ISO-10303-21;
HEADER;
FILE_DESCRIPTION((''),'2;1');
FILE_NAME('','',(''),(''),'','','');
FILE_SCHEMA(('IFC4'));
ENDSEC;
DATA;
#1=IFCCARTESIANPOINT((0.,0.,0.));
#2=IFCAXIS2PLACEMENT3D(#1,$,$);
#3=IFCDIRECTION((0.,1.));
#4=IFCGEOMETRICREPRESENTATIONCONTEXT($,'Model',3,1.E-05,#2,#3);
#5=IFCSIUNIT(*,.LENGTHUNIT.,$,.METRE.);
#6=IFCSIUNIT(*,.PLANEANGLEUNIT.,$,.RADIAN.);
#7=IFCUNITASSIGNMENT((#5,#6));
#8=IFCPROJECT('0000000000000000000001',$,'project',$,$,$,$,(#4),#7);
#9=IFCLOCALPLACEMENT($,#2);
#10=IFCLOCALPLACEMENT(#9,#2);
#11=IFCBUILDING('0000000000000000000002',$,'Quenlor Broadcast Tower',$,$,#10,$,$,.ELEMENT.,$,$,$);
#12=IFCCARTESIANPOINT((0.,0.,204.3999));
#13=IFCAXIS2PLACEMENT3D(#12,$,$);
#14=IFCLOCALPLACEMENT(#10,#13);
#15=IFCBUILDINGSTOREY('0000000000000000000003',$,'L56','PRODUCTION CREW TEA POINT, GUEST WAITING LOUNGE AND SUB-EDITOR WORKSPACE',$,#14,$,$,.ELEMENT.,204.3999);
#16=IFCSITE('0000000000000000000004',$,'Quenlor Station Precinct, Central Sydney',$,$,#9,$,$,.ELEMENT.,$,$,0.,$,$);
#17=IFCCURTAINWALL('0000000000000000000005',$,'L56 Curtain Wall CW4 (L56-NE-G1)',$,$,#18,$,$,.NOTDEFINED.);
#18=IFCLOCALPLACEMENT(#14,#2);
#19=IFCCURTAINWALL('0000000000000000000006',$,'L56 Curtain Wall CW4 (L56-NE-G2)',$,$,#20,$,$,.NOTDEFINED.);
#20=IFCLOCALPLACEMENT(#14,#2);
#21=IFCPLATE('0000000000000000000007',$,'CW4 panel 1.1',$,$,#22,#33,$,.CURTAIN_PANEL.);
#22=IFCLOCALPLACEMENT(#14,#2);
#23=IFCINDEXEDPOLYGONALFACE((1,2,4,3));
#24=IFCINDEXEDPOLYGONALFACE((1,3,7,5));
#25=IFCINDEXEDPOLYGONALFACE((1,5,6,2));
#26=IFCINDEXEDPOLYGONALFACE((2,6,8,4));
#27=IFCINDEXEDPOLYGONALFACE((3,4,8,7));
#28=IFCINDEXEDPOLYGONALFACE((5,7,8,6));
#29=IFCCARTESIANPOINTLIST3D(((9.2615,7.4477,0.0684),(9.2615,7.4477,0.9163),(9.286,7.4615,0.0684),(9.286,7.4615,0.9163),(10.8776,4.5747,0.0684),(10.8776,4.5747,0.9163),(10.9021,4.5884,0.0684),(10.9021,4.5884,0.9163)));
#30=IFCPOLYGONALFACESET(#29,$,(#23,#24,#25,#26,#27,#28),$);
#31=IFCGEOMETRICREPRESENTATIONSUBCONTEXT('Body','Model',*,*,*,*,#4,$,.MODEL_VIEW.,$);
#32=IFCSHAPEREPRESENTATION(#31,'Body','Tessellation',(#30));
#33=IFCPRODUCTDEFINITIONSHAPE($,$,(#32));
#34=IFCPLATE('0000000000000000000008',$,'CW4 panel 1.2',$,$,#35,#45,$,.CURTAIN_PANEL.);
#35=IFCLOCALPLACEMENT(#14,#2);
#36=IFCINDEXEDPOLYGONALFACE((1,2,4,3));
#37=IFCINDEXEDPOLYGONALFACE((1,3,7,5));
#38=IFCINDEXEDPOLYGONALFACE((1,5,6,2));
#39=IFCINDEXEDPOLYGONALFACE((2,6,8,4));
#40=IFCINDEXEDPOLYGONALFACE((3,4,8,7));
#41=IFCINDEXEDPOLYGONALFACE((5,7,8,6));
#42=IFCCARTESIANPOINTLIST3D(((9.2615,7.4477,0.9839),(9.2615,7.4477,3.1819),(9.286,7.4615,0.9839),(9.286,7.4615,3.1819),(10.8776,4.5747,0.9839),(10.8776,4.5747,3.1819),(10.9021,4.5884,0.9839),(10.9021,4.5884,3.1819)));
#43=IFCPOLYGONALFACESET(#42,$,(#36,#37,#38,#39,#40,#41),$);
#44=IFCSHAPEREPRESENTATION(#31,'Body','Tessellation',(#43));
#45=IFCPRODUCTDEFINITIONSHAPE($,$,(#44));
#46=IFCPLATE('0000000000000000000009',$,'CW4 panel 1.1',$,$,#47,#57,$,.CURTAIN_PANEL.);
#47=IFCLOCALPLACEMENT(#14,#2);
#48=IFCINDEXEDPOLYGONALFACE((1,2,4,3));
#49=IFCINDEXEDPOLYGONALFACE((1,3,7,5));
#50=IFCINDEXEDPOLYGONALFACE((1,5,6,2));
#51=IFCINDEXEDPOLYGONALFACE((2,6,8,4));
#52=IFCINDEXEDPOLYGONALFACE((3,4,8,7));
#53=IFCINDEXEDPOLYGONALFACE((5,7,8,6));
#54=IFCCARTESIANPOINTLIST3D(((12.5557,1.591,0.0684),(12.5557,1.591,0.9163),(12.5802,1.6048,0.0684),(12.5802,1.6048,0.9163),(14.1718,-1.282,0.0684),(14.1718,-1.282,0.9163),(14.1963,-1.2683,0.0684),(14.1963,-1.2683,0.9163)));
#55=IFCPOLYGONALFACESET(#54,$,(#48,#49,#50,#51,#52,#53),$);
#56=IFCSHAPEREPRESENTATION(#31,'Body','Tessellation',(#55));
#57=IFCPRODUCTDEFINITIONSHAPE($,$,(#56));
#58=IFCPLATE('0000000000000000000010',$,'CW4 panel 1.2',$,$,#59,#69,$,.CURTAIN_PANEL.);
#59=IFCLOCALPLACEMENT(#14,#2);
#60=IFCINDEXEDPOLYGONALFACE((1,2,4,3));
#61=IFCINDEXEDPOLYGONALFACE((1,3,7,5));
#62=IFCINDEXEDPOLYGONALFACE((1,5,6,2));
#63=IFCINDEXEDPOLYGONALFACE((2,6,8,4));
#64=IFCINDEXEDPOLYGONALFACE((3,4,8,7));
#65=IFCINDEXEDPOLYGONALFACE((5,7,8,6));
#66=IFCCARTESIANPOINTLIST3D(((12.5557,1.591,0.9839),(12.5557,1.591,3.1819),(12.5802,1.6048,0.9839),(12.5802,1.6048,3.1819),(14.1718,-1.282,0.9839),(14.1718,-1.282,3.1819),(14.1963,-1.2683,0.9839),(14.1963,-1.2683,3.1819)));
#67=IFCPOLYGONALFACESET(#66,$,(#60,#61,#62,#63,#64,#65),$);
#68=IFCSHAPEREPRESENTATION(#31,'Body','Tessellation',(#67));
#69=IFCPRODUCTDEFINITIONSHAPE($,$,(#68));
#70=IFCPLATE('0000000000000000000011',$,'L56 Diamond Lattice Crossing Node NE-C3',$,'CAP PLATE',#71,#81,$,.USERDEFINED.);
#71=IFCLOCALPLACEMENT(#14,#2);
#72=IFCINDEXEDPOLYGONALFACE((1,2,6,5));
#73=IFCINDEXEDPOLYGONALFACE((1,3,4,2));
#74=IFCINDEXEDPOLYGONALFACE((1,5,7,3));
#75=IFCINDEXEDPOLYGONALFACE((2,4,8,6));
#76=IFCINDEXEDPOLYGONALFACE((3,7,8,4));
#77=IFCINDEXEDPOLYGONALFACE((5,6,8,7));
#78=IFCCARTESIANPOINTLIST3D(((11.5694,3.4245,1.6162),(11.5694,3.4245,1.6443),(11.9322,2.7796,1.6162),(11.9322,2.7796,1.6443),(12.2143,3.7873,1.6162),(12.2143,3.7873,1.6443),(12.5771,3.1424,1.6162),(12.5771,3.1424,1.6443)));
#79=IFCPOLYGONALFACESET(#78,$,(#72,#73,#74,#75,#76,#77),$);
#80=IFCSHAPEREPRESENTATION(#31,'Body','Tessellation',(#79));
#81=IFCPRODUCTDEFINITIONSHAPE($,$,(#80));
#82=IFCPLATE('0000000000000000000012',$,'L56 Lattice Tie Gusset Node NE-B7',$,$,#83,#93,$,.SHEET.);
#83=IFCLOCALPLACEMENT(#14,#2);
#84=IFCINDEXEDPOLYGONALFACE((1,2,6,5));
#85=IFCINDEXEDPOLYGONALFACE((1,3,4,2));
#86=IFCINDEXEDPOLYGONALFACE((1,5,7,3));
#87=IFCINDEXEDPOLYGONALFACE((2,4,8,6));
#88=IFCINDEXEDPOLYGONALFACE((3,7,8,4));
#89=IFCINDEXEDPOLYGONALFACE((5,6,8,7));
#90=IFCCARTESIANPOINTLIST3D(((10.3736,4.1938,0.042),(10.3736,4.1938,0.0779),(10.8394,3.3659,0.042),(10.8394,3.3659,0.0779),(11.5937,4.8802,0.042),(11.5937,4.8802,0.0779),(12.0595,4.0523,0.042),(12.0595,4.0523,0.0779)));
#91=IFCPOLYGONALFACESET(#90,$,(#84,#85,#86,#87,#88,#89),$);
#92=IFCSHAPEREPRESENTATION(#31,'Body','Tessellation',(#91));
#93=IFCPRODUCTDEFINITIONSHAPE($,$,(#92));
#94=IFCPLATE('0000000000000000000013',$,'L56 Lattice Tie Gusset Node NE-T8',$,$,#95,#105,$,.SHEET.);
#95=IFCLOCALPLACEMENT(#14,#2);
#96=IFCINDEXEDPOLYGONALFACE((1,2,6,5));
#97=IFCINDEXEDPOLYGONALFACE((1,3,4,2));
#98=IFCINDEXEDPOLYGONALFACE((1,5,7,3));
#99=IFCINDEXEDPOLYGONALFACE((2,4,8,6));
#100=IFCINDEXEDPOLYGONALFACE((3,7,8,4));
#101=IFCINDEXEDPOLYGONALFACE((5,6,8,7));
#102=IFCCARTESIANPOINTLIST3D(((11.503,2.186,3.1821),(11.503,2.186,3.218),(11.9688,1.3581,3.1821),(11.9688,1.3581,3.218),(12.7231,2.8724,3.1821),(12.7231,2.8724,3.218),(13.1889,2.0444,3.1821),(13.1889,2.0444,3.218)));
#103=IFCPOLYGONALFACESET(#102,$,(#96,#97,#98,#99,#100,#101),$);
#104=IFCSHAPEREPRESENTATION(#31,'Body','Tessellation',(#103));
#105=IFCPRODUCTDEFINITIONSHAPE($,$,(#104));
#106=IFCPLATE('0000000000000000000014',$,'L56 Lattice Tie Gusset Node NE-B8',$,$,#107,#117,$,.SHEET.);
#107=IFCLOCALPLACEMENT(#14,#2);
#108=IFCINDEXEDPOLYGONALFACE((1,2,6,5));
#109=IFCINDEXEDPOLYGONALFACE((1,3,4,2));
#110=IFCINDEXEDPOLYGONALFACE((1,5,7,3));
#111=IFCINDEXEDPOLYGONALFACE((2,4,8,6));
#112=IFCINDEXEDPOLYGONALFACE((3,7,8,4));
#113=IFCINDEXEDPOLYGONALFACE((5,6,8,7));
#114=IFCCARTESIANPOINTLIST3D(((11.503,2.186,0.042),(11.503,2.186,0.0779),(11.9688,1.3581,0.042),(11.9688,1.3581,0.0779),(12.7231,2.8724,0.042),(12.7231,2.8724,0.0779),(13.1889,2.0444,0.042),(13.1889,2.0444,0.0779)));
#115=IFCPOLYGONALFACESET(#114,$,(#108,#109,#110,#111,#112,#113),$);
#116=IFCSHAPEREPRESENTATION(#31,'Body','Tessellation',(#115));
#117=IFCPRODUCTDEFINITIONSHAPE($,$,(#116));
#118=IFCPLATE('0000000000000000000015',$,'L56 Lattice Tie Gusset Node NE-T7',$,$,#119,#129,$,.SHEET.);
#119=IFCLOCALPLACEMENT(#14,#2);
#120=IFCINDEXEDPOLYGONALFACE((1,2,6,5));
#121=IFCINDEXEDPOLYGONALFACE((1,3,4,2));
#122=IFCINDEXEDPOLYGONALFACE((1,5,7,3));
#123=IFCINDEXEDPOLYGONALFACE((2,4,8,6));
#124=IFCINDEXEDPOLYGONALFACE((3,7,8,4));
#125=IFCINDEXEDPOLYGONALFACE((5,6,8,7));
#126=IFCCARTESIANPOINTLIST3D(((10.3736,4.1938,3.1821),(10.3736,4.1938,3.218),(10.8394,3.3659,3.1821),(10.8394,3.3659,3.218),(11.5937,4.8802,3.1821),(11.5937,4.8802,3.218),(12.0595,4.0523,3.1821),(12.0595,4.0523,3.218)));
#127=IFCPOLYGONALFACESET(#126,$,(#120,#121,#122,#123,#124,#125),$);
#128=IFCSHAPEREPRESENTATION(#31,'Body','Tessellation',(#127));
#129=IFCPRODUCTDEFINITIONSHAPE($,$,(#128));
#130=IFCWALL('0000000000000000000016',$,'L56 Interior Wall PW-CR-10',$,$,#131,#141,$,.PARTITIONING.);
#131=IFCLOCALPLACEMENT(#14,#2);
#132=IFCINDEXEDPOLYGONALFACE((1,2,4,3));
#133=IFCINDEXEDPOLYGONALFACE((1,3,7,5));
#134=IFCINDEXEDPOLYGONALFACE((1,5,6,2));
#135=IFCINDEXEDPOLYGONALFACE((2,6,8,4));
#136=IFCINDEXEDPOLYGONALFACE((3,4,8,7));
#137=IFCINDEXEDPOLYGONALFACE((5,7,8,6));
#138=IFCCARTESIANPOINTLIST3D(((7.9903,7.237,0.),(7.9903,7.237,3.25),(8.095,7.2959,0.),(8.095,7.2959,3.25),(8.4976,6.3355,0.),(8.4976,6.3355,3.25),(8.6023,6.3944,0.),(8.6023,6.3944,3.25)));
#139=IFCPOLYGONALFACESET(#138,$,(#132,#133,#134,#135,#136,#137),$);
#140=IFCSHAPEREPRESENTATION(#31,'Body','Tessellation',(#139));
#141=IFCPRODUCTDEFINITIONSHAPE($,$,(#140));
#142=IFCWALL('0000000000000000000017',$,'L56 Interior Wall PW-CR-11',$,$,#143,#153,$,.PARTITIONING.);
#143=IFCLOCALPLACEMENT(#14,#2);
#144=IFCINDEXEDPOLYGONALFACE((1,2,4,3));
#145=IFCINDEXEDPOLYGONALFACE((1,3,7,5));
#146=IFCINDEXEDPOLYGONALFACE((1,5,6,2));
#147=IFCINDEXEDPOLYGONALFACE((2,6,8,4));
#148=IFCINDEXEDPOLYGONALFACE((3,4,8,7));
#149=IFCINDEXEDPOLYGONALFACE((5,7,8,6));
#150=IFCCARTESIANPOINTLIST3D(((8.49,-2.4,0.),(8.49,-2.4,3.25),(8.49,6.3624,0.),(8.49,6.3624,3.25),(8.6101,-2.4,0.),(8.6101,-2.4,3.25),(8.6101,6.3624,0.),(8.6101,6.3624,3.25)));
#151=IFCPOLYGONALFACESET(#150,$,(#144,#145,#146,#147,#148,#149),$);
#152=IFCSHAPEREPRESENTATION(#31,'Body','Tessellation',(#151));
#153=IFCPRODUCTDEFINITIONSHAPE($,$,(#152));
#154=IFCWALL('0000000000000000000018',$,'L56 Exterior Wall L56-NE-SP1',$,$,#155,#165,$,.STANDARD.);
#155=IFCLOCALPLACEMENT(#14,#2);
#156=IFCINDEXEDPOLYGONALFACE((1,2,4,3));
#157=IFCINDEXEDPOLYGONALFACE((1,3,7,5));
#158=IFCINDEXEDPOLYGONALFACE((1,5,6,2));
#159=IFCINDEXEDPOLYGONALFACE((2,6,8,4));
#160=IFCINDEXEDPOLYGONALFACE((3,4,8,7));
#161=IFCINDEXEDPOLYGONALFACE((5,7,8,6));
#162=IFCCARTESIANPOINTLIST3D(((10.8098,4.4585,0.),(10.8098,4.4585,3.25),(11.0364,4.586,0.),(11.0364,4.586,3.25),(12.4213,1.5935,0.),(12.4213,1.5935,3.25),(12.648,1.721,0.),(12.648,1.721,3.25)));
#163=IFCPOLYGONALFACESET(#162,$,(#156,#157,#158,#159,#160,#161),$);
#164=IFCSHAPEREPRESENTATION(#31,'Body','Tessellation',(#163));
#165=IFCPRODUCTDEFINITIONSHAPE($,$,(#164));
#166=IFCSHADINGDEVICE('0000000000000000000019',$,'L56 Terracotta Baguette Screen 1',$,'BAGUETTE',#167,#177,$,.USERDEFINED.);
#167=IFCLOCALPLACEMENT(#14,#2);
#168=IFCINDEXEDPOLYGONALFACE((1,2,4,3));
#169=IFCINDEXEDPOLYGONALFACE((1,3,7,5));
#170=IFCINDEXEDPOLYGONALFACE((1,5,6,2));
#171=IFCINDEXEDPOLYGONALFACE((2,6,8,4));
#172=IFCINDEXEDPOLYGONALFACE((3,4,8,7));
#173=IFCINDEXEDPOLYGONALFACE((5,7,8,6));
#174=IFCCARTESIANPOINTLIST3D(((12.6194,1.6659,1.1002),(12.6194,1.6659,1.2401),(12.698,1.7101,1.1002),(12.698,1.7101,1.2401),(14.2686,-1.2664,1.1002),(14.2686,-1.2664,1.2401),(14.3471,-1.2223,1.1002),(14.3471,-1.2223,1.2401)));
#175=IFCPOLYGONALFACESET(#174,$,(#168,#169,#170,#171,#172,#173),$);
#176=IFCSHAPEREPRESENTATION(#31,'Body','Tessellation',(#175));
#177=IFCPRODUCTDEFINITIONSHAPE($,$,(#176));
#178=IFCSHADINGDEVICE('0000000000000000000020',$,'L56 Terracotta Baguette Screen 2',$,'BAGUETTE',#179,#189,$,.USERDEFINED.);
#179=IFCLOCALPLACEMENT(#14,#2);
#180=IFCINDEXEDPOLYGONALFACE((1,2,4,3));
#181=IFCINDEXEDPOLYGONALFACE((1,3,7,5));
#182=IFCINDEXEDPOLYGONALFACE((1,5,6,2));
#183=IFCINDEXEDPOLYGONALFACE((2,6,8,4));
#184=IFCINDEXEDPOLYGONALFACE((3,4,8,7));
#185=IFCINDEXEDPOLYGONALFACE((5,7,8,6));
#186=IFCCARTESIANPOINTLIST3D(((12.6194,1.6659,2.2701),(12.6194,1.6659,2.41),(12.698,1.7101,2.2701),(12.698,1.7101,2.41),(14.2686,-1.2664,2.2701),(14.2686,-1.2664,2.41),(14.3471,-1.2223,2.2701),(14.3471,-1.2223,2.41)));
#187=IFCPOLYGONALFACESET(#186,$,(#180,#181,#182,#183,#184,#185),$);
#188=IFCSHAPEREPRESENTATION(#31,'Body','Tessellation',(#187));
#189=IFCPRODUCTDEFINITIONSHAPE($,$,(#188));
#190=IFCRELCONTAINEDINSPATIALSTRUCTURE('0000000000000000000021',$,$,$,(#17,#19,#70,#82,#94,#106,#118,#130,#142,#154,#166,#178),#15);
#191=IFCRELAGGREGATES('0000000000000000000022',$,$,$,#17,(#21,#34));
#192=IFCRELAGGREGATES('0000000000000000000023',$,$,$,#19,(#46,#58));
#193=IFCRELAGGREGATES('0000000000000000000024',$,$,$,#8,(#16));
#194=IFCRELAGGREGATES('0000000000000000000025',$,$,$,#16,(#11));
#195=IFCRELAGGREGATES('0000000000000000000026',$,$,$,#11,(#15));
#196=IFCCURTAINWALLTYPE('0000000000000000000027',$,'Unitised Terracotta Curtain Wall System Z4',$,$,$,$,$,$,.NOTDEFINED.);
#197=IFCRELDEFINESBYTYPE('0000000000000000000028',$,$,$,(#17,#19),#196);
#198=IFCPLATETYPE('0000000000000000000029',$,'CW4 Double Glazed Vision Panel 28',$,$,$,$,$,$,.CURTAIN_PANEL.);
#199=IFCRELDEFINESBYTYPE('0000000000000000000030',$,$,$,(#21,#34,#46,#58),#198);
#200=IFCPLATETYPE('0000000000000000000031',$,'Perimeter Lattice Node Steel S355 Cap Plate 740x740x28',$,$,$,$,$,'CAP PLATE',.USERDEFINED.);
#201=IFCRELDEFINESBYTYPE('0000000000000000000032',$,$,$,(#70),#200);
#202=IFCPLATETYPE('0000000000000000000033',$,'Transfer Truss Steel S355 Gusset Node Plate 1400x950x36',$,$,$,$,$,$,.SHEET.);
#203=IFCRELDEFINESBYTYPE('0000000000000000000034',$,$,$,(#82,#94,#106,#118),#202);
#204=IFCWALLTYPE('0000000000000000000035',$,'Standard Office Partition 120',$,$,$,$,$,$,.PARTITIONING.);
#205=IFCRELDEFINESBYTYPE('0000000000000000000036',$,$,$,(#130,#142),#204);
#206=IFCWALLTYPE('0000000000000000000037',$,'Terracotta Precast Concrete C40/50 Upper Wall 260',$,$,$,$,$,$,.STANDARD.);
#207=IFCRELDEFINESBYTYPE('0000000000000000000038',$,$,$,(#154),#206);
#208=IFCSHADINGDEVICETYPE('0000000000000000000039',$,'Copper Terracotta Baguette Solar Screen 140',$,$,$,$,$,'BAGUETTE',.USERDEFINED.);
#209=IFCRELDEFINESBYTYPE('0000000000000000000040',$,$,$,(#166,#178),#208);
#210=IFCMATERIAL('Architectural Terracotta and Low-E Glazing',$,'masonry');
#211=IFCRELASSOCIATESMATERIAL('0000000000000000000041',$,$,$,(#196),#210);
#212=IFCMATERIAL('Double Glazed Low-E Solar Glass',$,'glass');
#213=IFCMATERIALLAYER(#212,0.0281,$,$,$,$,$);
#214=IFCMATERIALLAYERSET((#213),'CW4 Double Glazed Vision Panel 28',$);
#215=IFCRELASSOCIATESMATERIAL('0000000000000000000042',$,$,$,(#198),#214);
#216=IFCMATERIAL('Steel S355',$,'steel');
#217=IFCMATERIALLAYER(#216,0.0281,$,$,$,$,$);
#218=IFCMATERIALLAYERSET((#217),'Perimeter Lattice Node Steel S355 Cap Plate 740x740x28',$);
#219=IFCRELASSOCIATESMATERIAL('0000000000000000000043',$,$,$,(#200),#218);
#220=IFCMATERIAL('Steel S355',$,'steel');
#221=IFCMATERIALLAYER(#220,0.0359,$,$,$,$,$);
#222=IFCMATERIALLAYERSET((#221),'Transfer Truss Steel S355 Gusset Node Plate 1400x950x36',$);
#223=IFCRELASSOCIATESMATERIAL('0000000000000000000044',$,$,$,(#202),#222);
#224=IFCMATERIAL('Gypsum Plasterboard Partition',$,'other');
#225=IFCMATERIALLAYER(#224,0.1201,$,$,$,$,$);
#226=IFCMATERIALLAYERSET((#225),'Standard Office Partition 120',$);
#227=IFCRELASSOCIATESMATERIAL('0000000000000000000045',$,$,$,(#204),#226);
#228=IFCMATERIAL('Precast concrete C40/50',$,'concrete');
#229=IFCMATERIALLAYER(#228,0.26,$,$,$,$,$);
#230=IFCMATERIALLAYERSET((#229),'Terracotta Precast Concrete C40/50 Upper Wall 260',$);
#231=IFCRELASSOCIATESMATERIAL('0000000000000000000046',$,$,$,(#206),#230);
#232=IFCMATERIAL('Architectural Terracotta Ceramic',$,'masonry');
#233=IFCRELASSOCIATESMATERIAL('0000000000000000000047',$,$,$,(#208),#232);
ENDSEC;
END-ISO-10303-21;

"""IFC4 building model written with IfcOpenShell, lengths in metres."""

from ifc_helpers import new_model, si_unit, direction, frame, frame_2d, origin, origin_2d, place, context, subcontext, project, spatial, rectangle, extrude, material, layer, layer_set, material_profile, profile_set, type_object, element, aggregate, save


model = new_model("IFC4")

# Units and contexts
model_context = context("Model", 3, precision=1e-05, world=origin(), true_north=direction((0.0, 1.0)))
body_context = subcontext(model_context, "Body", "Model", "MODEL_VIEW")
ifc_project = project(units=[si_unit("LENGTHUNIT", "METRE"), si_unit("PLANEANGLEUNIT", "RADIAN")], contexts=[model_context])

# Site, building, storey
site_placement = place(None, origin())
site = spatial("IfcSite", under=ifc_project, at=site_placement, Name="Quenlor Station Precinct, Central Sydney", CompositionType="ELEMENT", RefElevation=0.0)
building_placement = place(site_placement, origin())
building = spatial("IfcBuilding", under=site, at=building_placement, Name="Quenlor Broadcast Tower", CompositionType="ELEMENT")
storey_placement = place(building_placement, frame((0.0, 0.0, 204.3999)))
storey = spatial("IfcBuildingStorey", under=building, at=storey_placement, Name="L56", Description="PRODUCTION CREW TEA POINT, GUEST WAITING LOUNGE AND SUB-EDITOR WORKSPACE", CompositionType="ELEMENT", Elevation=204.3999)

# Curtain wall
ifc_material_1 = material(Name="Architectural Terracotta and Low-E Glazing", Category="masonry")
curtain_wall_type = type_object("IfcCurtainWallType", Name="Unitised Terracotta Curtain Wall System Z4", PredefinedType="NOTDEFINED", material=ifc_material_1)
curtain_wall_1_placement = place(storey_placement, origin())
curtain_wall_1 = element("IfcCurtainWall", 1, at=curtain_wall_1_placement, inside=storey, type_object=curtain_wall_type, Name="L56 Curtain Wall CW4 (L56-NE-G1)", PredefinedType="NOTDEFINED")

# Curtain wall
curtain_wall_2_placement = place(storey_placement, origin())
curtain_wall_2 = element("IfcCurtainWall", 2, at=curtain_wall_2_placement, inside=storey, type_object=curtain_wall_type, Name="L56 Curtain Wall CW4 (L56-NE-G2)", PredefinedType="NOTDEFINED")

# Plates
ifc_material_2 = material(Name="Double Glazed Low-E Solar Glass", Category="glass")
ifc_layer_1 = layer(ifc_material_2, 0.0281)
ifc_layer_set_1 = layer_set([ifc_layer_1], Name="CW4 Double Glazed Vision Panel 28")
plate_type_1 = type_object("IfcPlateType", Name="CW4 Double Glazed Vision Panel 28", PredefinedType="CURTAIN_PANEL", material=ifc_layer_set_1)
plate_1_placement = place(storey_placement, frame((10.0818, 6.0181, 0.0684), z_axis=(0.0, 0.0, 1.0), x_axis=(0.490257, -0.871578, 0.0)))
plate_1 = element("IfcPlate", 3, at=plate_1_placement, type_object=plate_type_1, Name="CW4 panel 1.1", PredefinedType="CURTAIN_PANEL", context=body_context, shape_type="SweptSolid", body=[
    extrude(rectangle(XDim=3.2964, YDim=0.0281, at=origin_2d()), origin(), (0.0, 0.0, 1.0), 0.8479),
])
plate_2_placement = place(storey_placement, frame((10.0818, 6.0181, 0.9839), z_axis=(0.0, 0.0, 1.0), x_axis=(0.490257, -0.871578, 0.0)))
plate_2 = element("IfcPlate", 4, at=plate_2_placement, type_object=plate_type_1, Name="CW4 panel 1.2", PredefinedType="CURTAIN_PANEL", context=body_context, shape_type="SweptSolid", body=[
    extrude(rectangle(XDim=3.2964, YDim=0.0281, at=origin_2d()), origin(), (0.0, 0.0, 1.0), 2.198),
])
aggregate(curtain_wall_1, [plate_1, plate_2])
plate_3_placement = place(storey_placement, frame((13.376, 0.1614, 0.0684), z_axis=(0.0, 0.0, 1.0), x_axis=(0.490257, -0.871578, 0.0)))
plate_3 = element("IfcPlate", 5, at=plate_3_placement, type_object=plate_type_1, Name="CW4 panel 1.1", PredefinedType="CURTAIN_PANEL", context=body_context, shape_type="SweptSolid", body=[
    extrude(rectangle(XDim=3.2964, YDim=0.0281, at=origin_2d()), origin(), (0.0, 0.0, 1.0), 0.8479),
])
plate_4_placement = place(storey_placement, frame((13.376, 0.1614, 0.9839), z_axis=(0.0, 0.0, 1.0), x_axis=(0.490257, -0.871578, 0.0)))
plate_4 = element("IfcPlate", 6, at=plate_4_placement, type_object=plate_type_1, Name="CW4 panel 1.2", PredefinedType="CURTAIN_PANEL", context=body_context, shape_type="SweptSolid", body=[
    extrude(rectangle(XDim=3.2964, YDim=0.0281, at=origin_2d()), origin(), (0.0, 0.0, 1.0), 2.198),
])
aggregate(curtain_wall_2, [plate_3, plate_4])

# Plates
ifc_material_3 = material(Name="Steel S355", Category="steel")
ifc_layer_2 = layer(ifc_material_3, 0.0281)
ifc_layer_set_2 = layer_set([ifc_layer_2], Name="Perimeter Lattice Node Steel S355 Cap Plate 740x740x28")
plate_type_2 = type_object("IfcPlateType", Name="Perimeter Lattice Node Steel S355 Cap Plate 740x740x28", ElementType="CAP PLATE", PredefinedType="USERDEFINED", material=ifc_layer_set_2)
plate_5_placement = place(storey_placement, frame((12.0732, 3.2834, 1.6162), z_axis=(0.0, 0.0, 1.0), x_axis=(0.490295, -0.871556, 0.0)))
element("IfcPlate", 7, at=plate_5_placement, inside=storey, type_object=plate_type_2, Name="L56 Diamond Lattice Crossing Node NE-C3", ObjectType="CAP PLATE", PredefinedType="USERDEFINED", context=body_context, shape_type="SweptSolid", body=[
    extrude(rectangle(XDim=0.74, YDim=0.74, at=origin_2d()), origin(), (0.0, 0.0, 1.0), 0.0281),
])
ifc_material_4 = material(Name="Steel S355", Category="steel")
ifc_layer_3 = layer(ifc_material_4, 0.0359)
ifc_layer_set_3 = layer_set([ifc_layer_3], Name="Transfer Truss Steel S355 Gusset Node Plate 1400x950x36")
plate_type_3 = type_object("IfcPlateType", Name="Transfer Truss Steel S355 Gusset Node Plate 1400x950x36", PredefinedType="SHEET", material=ifc_layer_set_3)
for number, where, z_axis, x_axis, name in (
    (8, (11.2166, 4.123, 0.042), (0.0, 0.0, 1.0), (0.871556, 0.490295, 0.0), "L56 Lattice Tie Gusset Node NE-B7"),
    (9, (12.3459, 2.1152, 3.1821), (0.0, 0.0, 1.0), (0.871556, 0.490295, 0.0), "L56 Lattice Tie Gusset Node NE-T8"),
    (10, (12.3459, 2.1152, 0.042), (0.0, 0.0, 1.0), (0.871556, 0.490295, 0.0), "L56 Lattice Tie Gusset Node NE-B8"),
    (11, (11.2166, 4.123, 3.1821), (0.0, 0.0, 1.0), (0.871556, 0.490295, 0.0), "L56 Lattice Tie Gusset Node NE-T7"),
):
    element("IfcPlate", number, at=place(storey_placement, frame(where, z_axis=z_axis, x_axis=x_axis)), inside=storey, type_object=plate_type_3, Name=name, PredefinedType="SHEET", context=body_context, shape_type="SweptSolid", body=[
        extrude(rectangle(XDim=1.3999, YDim=0.95, at=origin_2d()), origin(), (0.0, 0.0, 1.0), 0.0359),
    ])

# Walls
ifc_material_5 = material(Name="Gypsum Plasterboard Partition", Category="other")
ifc_layer_4 = layer(ifc_material_5, 0.1201)
ifc_layer_set_4 = layer_set([ifc_layer_4], Name="Standard Office Partition 120")
wall_type_1 = type_object("IfcWallType", Name="Standard Office Partition 120", PredefinedType="PARTITIONING", material=ifc_layer_set_4)
wall_1_placement = place(storey_placement, frame((8.0427, 7.2664, 0.0), z_axis=(0.0, 0.0, 1.0), x_axis=(0.490384, -0.871506, 0.0)))
element("IfcWall", 12, at=wall_1_placement, inside=storey, type_object=wall_type_1, Name="L56 Interior Wall PW-CR-10", PredefinedType="PARTITIONING", context=body_context, shape_type="SweptSolid", body=[
    extrude(rectangle(XDim=1.0344, YDim=0.1201, at=frame_2d((0.5171, 0.0))), origin(), (0.0, 0.0, 1.0), 3.25),
])
wall_2_placement = place(storey_placement, frame((8.55, 6.3625, 0.0), z_axis=(0.0, 0.0, 1.0), x_axis=(0.0, -1.0, 0.0)))
element("IfcWall", 13, at=wall_2_placement, inside=storey, type_object=wall_type_1, Name="L56 Interior Wall PW-CR-11", PredefinedType="PARTITIONING", context=body_context, shape_type="SweptSolid", body=[
    extrude(rectangle(XDim=8.7625, YDim=0.1201, at=frame_2d((4.3813, 0.0))), origin(), (0.0, 0.0, 1.0), 3.25),
])
ifc_material_6 = material(Name="Precast concrete C40/50", Category="concrete")
ifc_layer_5 = layer(ifc_material_6, 0.26)
ifc_layer_set_5 = layer_set([ifc_layer_5], Name="Terracotta Precast Concrete C40/50 Upper Wall 260")
wall_type_2 = type_object("IfcWallType", Name="Terracotta Precast Concrete C40/50 Upper Wall 260", PredefinedType="STANDARD", material=ifc_layer_set_5)
wall_3_placement = place(storey_placement, frame((10.9231, 4.5222, 0.0), z_axis=(0.0, 0.0, 1.0), x_axis=(0.490265, -0.871574, 0.0)))
element("IfcWall", 14, at=wall_3_placement, inside=storey, type_object=wall_type_2, Name="L56 Exterior Wall L56-NE-SP1", PredefinedType="STANDARD", context=body_context, shape_type="SweptSolid", body=[
    extrude(rectangle(XDim=3.2871, YDim=0.26, at=frame_2d((1.6436, 0.0))), origin(), (0.0, 0.0, 1.0), 3.25),
])

# Shading devices
ifc_material_7 = material(Name="Architectural Terracotta Ceramic", Category="masonry")
ifc_material_profile_1 = material_profile(ifc_material_7, rectangle(XDim=0.0901, YDim=0.1399, at=origin_2d()))
ifc_profile_set_1 = profile_set([ifc_material_profile_1], Name="Architectural Terracotta Ceramic BAG90x140")
shading_device_type = type_object("IfcShadingDeviceType", Name="Copper Terracotta Baguette Solar Screen 140", ElementType="BAGUETTE", PredefinedType="USERDEFINED", material=ifc_profile_set_1)
for number, where, z_axis, x_axis, name in (
    (15, (12.6587, 1.688, 1.1702), (0.490196, -0.871612, 0.0), (0.871612, 0.490196, 0.0), "L56 Terracotta Baguette Screen 1"),
    (16, (12.6587, 1.688, 2.3401), (0.490196, -0.871612, 0.0), (0.871612, 0.490196, 0.0), "L56 Terracotta Baguette Screen 2"),
):
    element("IfcShadingDevice", number, at=place(storey_placement, frame(where, z_axis=z_axis, x_axis=x_axis)), inside=storey, type_object=shading_device_type, Name=name, ObjectType="BAGUETTE", PredefinedType="USERDEFINED", context=body_context, shape_type="SweptSolid", body=[
        extrude(rectangle(XDim=0.0901, YDim=0.1399, at=origin_2d()), origin(), (0.0, 0.0, 1.0), 3.3643),
    ])

save(model, "model.ifc")
